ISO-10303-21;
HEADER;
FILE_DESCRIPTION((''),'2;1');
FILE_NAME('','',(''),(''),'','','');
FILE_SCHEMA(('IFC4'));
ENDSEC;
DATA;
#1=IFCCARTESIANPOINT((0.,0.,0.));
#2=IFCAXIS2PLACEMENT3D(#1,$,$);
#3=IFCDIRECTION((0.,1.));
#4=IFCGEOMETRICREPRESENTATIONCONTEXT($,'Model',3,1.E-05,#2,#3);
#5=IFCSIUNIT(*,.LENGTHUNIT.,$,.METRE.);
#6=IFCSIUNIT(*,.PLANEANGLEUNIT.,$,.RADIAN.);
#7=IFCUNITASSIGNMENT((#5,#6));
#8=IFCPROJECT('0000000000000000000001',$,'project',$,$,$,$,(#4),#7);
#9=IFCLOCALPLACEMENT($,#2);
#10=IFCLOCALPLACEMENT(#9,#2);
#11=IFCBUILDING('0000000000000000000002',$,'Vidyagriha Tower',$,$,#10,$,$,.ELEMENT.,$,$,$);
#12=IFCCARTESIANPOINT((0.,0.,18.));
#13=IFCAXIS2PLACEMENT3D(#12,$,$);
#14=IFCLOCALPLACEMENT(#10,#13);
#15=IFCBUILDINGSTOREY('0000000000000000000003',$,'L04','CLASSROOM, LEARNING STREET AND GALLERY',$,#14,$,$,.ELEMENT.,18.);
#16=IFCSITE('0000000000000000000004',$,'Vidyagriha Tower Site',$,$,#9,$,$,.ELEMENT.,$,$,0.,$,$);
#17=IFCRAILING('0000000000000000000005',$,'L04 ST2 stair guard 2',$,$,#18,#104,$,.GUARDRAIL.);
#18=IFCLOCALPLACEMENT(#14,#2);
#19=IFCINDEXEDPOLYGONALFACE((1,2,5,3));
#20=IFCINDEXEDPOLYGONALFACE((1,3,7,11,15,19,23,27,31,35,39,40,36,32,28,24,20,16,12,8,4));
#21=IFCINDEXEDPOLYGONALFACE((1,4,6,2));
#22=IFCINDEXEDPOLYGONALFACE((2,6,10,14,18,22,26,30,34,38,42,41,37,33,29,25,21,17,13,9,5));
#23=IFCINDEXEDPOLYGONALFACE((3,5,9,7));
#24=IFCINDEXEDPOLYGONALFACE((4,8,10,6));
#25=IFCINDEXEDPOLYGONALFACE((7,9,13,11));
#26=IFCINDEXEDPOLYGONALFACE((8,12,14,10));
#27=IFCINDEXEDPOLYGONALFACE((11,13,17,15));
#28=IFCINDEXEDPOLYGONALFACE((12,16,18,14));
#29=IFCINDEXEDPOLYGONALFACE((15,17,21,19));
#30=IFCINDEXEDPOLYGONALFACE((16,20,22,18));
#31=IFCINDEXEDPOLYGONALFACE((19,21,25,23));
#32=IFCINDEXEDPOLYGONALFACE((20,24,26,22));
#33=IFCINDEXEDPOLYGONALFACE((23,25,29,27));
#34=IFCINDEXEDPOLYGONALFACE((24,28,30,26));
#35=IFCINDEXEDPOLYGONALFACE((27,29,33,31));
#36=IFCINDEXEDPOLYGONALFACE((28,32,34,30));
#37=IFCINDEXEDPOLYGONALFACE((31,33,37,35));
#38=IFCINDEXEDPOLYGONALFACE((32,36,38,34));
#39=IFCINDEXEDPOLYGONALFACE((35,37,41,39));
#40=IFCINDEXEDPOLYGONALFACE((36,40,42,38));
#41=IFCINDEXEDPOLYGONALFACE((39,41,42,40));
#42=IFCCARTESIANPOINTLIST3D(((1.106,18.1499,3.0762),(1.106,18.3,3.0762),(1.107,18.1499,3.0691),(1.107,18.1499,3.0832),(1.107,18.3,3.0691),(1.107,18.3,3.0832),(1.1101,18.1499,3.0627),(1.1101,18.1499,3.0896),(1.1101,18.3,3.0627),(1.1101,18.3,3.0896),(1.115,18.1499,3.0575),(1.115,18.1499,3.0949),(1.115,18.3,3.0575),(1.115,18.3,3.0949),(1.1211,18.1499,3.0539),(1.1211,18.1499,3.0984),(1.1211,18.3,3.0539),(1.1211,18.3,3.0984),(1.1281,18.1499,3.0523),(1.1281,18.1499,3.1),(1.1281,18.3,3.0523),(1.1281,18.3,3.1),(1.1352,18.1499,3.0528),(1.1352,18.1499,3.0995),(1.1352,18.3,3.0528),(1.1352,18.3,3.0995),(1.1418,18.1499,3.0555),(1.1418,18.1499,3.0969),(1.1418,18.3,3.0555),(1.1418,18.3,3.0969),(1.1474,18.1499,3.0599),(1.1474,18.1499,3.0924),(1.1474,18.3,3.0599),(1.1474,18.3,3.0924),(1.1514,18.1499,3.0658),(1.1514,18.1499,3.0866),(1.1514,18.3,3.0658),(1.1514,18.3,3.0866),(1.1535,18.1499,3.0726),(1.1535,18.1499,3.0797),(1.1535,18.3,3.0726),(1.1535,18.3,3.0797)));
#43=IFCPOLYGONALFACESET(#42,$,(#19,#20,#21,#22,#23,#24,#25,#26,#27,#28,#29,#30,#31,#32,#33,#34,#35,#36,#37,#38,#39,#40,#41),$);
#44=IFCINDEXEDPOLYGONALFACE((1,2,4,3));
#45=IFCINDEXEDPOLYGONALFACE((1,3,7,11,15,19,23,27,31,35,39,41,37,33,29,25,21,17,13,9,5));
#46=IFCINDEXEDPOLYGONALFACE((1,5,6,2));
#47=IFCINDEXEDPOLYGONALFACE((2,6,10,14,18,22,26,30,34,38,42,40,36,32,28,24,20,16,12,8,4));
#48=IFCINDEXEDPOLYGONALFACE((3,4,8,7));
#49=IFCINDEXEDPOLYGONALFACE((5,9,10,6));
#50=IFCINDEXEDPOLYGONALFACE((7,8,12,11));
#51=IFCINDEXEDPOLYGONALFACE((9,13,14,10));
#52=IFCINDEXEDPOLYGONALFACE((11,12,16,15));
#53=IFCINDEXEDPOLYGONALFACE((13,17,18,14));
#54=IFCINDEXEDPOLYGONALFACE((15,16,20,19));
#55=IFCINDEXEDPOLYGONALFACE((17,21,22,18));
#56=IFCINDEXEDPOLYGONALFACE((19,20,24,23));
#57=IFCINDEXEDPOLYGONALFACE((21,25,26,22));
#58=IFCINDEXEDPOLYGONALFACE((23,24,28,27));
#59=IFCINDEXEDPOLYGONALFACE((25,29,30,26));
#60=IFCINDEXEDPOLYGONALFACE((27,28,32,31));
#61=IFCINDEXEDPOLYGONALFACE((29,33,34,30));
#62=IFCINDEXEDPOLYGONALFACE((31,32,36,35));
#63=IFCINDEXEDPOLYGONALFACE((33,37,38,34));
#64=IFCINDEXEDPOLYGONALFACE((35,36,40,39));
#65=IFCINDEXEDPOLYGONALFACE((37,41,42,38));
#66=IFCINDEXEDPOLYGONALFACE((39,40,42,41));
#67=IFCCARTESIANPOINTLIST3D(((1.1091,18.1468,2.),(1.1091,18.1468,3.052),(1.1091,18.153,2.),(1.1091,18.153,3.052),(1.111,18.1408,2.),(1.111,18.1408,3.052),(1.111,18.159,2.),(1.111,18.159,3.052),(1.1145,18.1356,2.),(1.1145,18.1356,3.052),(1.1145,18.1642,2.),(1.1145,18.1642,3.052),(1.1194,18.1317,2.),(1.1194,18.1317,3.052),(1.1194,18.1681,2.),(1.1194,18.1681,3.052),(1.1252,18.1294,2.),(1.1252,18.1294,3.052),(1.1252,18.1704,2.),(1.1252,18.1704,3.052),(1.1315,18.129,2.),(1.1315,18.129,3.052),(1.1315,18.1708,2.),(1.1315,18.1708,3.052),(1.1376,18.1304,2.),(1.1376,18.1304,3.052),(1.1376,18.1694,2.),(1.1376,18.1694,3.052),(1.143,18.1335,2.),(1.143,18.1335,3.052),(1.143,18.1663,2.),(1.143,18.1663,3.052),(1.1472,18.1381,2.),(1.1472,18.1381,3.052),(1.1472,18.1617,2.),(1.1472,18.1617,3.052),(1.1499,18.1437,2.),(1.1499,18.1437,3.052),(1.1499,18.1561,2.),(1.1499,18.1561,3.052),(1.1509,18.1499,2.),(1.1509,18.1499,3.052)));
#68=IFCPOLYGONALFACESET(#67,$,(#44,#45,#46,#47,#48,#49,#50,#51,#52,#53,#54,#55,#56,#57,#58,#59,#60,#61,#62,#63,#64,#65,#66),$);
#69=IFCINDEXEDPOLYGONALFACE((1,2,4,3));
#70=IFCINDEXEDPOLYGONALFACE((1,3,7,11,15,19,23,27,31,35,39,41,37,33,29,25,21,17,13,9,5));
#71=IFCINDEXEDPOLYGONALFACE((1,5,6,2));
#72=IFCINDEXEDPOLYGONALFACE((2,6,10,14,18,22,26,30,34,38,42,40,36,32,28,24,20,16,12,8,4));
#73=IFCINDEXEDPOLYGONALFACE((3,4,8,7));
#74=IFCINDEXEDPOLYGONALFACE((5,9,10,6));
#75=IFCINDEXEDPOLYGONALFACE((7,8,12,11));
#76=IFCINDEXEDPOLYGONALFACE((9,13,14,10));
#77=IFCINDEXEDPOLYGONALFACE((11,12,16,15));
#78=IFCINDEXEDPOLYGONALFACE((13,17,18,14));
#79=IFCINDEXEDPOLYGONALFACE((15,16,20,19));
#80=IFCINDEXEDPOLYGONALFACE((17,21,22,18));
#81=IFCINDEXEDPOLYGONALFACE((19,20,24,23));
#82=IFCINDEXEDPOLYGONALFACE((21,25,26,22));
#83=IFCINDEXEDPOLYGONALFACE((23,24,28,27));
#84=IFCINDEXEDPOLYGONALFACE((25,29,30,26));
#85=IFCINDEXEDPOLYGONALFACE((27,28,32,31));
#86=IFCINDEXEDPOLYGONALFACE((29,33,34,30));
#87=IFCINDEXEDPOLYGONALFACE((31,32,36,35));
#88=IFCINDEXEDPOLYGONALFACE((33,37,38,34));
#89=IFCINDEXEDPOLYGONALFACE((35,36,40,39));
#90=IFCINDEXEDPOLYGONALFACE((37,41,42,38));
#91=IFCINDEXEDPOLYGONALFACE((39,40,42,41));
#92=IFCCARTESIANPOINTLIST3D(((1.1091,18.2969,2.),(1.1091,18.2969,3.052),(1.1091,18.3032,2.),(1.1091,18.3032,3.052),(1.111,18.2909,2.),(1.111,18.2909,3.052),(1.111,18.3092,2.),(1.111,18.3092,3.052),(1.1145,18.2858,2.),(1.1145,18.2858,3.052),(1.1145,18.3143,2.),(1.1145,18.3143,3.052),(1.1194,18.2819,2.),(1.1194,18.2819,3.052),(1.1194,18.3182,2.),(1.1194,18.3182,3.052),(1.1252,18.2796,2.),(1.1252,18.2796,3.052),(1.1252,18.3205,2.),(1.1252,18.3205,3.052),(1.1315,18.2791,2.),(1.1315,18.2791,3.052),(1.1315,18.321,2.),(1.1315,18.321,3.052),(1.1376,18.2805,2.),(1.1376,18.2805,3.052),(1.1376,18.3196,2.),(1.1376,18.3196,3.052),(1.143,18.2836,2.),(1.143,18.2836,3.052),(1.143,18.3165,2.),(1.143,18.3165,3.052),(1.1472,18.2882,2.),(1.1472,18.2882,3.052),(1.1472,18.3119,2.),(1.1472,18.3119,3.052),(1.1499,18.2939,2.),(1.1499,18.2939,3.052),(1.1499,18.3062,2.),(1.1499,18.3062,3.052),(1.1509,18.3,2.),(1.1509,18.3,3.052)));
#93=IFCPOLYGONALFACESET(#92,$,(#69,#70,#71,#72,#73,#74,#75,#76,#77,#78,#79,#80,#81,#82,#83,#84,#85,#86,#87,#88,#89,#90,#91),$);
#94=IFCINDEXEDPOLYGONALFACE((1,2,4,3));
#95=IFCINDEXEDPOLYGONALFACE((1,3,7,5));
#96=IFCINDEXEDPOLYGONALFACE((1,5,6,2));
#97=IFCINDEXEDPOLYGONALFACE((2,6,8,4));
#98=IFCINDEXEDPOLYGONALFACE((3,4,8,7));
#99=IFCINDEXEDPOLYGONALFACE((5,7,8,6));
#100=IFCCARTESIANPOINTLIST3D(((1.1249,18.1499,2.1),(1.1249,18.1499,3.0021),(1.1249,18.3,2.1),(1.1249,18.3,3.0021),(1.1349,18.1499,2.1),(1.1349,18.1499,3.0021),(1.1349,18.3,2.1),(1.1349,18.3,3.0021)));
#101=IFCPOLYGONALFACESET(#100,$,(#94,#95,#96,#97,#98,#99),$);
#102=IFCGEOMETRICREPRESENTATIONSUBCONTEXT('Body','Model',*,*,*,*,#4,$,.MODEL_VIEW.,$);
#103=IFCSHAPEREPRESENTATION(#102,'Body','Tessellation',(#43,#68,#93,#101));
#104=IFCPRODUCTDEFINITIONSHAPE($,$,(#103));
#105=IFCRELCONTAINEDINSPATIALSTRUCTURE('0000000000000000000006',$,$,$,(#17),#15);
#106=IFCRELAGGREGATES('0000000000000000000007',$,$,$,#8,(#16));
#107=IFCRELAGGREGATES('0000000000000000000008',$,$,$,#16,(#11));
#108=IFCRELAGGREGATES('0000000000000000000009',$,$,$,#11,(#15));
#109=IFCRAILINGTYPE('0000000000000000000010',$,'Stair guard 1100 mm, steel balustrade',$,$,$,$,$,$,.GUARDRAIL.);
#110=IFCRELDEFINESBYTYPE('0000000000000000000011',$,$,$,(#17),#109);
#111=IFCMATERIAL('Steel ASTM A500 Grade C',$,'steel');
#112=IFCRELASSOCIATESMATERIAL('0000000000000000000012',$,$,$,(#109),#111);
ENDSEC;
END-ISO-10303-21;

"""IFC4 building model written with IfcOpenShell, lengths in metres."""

from ifc_helpers import new_model, si_unit, direction, frame, origin, origin_2d, place, context, subcontext, project, spatial, rectangle, circle, extrude, material, type_object, element, save


model = new_model("IFC4")

# Units and contexts
model_context = context("Model", 3, precision=1e-05, world=origin(), true_north=direction((0.0, 1.0)))
body_context = subcontext(model_context, "Body", "Model", "MODEL_VIEW")
ifc_project = project(units=[si_unit("LENGTHUNIT", "METRE"), si_unit("PLANEANGLEUNIT", "RADIAN")], contexts=[model_context])

# Site, building, storey
site_placement = place(None, origin())
site = spatial("IfcSite", under=ifc_project, at=site_placement, Name="Vidyagriha Tower Site", CompositionType="ELEMENT", RefElevation=0.0)
building_placement = place(site_placement, origin())
building = spatial("IfcBuilding", under=site, at=building_placement, Name="Vidyagriha Tower", CompositionType="ELEMENT")
storey_placement = place(building_placement, frame((0.0, 0.0, 18.0)))
storey = spatial("IfcBuildingStorey", under=building, at=storey_placement, Name="L04", Description="CLASSROOM, LEARNING STREET AND GALLERY", CompositionType="ELEMENT", Elevation=18.0)

# Railing
ifc_material_1 = material(Name="Steel ASTM A500 Grade C", Category="steel")
railing_type_1 = type_object("IfcRailingType", Name="Stair guard 1100 mm, steel balustrade", PredefinedType="GUARDRAIL", material=ifc_material_1)
railing_1_placement = place(storey_placement, frame((1.1299, 18.1499, 2.0)))
element("IfcRailing", 1, at=railing_1_placement, inside=storey, type_object=railing_type_1, Name="L04 ST2 stair guard 2", PredefinedType="GUARDRAIL", context=body_context, shape_type="SweptSolid", body=[
    extrude(circle(Radius=0.0239, at=origin_2d()), frame((0.0, 0.0, 1.0762), z_axis=(0.0, 1.0, 0.0), x_axis=(-1.0, 0.0, 0.0)), (0.0, 0.0, 1.0), 0.1501),
    extrude(circle(Radius=0.021, at=origin_2d()), origin(), (0.0, 0.0, 1.0), 1.052),
    extrude(circle(Radius=0.021, at=origin_2d()), frame((0.0, 0.1501, 0.0)), (0.0, 0.0, 1.0), 1.052),
    extrude(rectangle(XDim=0.01, YDim=0.9021, at=origin_2d()), frame((0.0, 0.0, 0.551), z_axis=(0.0, 1.0, 0.0), x_axis=(-1.0, 0.0, 0.0)), (0.0, 0.0, 1.0), 0.1501),
])

save(model, "model.ifc")
